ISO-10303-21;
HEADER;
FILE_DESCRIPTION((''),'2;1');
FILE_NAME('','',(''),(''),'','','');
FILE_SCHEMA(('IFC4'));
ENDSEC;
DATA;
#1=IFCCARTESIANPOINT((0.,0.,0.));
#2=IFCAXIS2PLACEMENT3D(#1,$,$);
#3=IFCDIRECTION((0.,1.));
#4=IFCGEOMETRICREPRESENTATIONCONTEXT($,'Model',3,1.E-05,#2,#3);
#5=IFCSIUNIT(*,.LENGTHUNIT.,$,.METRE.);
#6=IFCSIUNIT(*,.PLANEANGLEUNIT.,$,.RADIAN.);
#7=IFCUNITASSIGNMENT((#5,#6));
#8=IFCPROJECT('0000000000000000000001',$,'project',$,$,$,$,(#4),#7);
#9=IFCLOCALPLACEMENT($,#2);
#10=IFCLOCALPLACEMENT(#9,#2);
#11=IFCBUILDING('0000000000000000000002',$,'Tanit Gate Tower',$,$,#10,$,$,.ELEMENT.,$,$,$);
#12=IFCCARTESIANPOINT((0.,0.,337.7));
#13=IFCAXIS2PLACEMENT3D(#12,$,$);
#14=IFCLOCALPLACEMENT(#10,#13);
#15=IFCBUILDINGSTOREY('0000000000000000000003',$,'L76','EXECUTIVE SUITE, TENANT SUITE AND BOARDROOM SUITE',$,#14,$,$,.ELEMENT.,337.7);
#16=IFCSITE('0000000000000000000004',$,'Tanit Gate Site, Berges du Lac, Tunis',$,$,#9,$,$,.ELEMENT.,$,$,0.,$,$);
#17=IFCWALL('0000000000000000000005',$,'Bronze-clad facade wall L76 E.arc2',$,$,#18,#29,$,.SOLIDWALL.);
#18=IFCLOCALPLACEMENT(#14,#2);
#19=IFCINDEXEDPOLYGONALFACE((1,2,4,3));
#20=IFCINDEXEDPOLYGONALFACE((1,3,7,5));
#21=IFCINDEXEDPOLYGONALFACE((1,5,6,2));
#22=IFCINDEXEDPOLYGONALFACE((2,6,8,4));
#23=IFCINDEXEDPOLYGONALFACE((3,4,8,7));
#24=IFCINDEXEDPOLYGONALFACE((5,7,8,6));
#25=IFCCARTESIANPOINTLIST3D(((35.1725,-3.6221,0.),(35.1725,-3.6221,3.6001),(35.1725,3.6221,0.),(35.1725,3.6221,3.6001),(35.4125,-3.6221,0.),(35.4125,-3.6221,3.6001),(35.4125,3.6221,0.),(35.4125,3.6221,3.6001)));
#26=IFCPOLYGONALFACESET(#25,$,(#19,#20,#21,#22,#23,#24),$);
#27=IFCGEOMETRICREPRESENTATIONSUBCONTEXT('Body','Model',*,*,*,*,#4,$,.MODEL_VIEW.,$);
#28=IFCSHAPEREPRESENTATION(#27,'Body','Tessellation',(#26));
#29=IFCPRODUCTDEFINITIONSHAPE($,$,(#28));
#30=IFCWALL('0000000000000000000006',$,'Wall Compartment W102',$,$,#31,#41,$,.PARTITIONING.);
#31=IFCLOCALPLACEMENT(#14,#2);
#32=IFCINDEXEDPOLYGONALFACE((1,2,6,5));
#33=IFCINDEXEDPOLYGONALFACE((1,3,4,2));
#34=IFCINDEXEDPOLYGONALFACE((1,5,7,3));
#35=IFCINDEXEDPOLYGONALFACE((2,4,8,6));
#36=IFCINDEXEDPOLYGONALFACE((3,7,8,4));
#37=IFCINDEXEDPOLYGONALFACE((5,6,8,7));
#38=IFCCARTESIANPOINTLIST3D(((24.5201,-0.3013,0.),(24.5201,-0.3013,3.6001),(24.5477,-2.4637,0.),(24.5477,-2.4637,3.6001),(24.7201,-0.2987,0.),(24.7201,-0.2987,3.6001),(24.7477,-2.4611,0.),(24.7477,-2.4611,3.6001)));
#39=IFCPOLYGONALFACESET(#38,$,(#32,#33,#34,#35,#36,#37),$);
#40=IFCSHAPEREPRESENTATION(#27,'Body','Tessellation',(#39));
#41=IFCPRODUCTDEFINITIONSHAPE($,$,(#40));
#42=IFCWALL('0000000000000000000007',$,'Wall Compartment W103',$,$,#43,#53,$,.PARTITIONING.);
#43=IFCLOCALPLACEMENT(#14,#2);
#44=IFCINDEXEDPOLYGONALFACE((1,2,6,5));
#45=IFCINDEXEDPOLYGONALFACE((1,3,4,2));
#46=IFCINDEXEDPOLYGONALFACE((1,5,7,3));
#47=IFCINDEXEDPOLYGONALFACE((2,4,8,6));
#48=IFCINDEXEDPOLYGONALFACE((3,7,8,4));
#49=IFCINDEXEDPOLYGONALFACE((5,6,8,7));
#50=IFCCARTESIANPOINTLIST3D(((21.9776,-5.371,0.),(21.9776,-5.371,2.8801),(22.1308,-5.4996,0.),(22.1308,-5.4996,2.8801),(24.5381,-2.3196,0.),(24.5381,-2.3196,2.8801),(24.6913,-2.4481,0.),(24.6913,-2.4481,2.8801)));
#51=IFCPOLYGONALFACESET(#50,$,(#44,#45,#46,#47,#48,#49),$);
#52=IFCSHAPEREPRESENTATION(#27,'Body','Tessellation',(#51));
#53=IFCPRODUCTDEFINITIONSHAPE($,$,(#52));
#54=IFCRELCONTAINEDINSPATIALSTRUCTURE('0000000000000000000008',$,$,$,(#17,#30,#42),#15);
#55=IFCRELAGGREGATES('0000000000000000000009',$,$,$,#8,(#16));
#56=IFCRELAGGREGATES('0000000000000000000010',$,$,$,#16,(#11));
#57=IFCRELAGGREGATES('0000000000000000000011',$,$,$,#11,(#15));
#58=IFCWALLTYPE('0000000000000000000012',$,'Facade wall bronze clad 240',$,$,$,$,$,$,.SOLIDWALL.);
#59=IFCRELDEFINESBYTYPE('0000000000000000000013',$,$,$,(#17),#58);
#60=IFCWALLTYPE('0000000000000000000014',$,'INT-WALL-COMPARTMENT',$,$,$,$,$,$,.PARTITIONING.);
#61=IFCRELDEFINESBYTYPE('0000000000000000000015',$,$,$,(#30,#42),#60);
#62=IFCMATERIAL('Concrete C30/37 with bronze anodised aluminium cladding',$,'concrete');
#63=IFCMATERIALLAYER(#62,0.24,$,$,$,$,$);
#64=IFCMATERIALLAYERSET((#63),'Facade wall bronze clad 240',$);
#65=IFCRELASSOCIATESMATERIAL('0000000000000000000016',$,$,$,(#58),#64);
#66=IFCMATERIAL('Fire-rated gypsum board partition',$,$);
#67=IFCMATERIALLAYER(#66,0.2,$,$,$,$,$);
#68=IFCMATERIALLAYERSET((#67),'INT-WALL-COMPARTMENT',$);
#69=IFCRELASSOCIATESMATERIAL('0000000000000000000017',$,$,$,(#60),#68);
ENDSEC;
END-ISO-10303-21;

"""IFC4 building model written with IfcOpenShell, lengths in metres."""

from ifc_helpers import new_model, si_unit, direction, frame, frame_2d, origin, place, context, subcontext, project, spatial, rectangle, extrude, material, layer, layer_set, type_object, element, save


model = new_model("IFC4")

# Units and contexts
model_context = context("Model", 3, precision=1e-05, world=origin(), true_north=direction((0.0, 1.0)))
body_context = subcontext(model_context, "Body", "Model", "MODEL_VIEW")
ifc_project = project(units=[si_unit("LENGTHUNIT", "METRE"), si_unit("PLANEANGLEUNIT", "RADIAN")], contexts=[model_context])

# Site, building, storey
site_placement = place(None, origin())
site = spatial("IfcSite", under=ifc_project, at=site_placement, Name="Tanit Gate Site, Berges du Lac, Tunis", CompositionType="ELEMENT", RefElevation=0.0)
building_placement = place(site_placement, origin())
building = spatial("IfcBuilding", under=site, at=building_placement, Name="Tanit Gate Tower", CompositionType="ELEMENT")
storey_placement = place(building_placement, frame((0.0, 0.0, 337.7)))
storey = spatial("IfcBuildingStorey", under=building, at=storey_placement, Name="L76", Description="EXECUTIVE SUITE, TENANT SUITE AND BOARDROOM SUITE", CompositionType="ELEMENT", Elevation=337.7)

# Walls
ifc_material_1 = material(Name="Concrete C30/37 with bronze anodised aluminium cladding", Category="concrete")
ifc_layer_1 = layer(ifc_material_1, 0.24)
ifc_layer_set_1 = layer_set([ifc_layer_1], Name="Facade wall bronze clad 240")
wall_type_1 = type_object("IfcWallType", Name="Facade wall bronze clad 240", PredefinedType="SOLIDWALL", material=ifc_layer_set_1)
wall_1_placement = place(storey_placement, frame((35.2925, -3.6221, 0.0), z_axis=(0.0, 0.0, 1.0), x_axis=(0.0, 1.0, 0.0)))
element("IfcWall", 1, at=wall_1_placement, inside=storey, type_object=wall_type_1, Name="Bronze-clad facade wall L76 E.arc2", PredefinedType="SOLIDWALL", context=body_context, shape_type="SweptSolid", body=[
    extrude(rectangle(XDim=7.2441, YDim=0.24, at=frame_2d((3.6221, 0.0))), origin(), (0.0, 0.0, 1.0), 3.6001),
])
ifc_material_2 = material(Name="Fire-rated gypsum board partition")
ifc_layer_2 = layer(ifc_material_2, 0.2)
ifc_layer_set_2 = layer_set([ifc_layer_2], Name="INT-WALL-COMPARTMENT")
wall_type_2 = type_object("IfcWallType", Name="INT-WALL-COMPARTMENT", PredefinedType="PARTITIONING", material=ifc_layer_set_2)
wall_2_placement = place(storey_placement, frame((24.6477, -2.4624, 0.0), z_axis=(0.0, 0.0, 1.0), x_axis=(-0.012757, 0.999919, 0.0)))
element("IfcWall", 2, at=wall_2_placement, inside=storey, type_object=wall_type_2, Name="Wall Compartment W102", PredefinedType="PARTITIONING", context=body_context, shape_type="SweptSolid", body=[
    extrude(rectangle(XDim=2.1626, YDim=0.2, at=frame_2d((1.0813, 0.0))), origin(), (0.0, 0.0, 1.0), 3.6001),
])
wall_3_placement = place(storey_placement, frame((22.0542, -5.4353, 0.0), z_axis=(0.0, 0.0, 1.0), x_axis=(0.642791, 0.766042, 0.0)))
element("IfcWall", 3, at=wall_3_placement, inside=storey, type_object=wall_type_2, Name="Wall Compartment W103", PredefinedType="PARTITIONING", context=body_context, shape_type="SweptSolid", body=[
    extrude(rectangle(XDim=3.9834, YDim=0.2, at=frame_2d((1.9917, 0.0))), origin(), (0.0, 0.0, 1.0), 2.8801),
])

save(model, "model.ifc")
